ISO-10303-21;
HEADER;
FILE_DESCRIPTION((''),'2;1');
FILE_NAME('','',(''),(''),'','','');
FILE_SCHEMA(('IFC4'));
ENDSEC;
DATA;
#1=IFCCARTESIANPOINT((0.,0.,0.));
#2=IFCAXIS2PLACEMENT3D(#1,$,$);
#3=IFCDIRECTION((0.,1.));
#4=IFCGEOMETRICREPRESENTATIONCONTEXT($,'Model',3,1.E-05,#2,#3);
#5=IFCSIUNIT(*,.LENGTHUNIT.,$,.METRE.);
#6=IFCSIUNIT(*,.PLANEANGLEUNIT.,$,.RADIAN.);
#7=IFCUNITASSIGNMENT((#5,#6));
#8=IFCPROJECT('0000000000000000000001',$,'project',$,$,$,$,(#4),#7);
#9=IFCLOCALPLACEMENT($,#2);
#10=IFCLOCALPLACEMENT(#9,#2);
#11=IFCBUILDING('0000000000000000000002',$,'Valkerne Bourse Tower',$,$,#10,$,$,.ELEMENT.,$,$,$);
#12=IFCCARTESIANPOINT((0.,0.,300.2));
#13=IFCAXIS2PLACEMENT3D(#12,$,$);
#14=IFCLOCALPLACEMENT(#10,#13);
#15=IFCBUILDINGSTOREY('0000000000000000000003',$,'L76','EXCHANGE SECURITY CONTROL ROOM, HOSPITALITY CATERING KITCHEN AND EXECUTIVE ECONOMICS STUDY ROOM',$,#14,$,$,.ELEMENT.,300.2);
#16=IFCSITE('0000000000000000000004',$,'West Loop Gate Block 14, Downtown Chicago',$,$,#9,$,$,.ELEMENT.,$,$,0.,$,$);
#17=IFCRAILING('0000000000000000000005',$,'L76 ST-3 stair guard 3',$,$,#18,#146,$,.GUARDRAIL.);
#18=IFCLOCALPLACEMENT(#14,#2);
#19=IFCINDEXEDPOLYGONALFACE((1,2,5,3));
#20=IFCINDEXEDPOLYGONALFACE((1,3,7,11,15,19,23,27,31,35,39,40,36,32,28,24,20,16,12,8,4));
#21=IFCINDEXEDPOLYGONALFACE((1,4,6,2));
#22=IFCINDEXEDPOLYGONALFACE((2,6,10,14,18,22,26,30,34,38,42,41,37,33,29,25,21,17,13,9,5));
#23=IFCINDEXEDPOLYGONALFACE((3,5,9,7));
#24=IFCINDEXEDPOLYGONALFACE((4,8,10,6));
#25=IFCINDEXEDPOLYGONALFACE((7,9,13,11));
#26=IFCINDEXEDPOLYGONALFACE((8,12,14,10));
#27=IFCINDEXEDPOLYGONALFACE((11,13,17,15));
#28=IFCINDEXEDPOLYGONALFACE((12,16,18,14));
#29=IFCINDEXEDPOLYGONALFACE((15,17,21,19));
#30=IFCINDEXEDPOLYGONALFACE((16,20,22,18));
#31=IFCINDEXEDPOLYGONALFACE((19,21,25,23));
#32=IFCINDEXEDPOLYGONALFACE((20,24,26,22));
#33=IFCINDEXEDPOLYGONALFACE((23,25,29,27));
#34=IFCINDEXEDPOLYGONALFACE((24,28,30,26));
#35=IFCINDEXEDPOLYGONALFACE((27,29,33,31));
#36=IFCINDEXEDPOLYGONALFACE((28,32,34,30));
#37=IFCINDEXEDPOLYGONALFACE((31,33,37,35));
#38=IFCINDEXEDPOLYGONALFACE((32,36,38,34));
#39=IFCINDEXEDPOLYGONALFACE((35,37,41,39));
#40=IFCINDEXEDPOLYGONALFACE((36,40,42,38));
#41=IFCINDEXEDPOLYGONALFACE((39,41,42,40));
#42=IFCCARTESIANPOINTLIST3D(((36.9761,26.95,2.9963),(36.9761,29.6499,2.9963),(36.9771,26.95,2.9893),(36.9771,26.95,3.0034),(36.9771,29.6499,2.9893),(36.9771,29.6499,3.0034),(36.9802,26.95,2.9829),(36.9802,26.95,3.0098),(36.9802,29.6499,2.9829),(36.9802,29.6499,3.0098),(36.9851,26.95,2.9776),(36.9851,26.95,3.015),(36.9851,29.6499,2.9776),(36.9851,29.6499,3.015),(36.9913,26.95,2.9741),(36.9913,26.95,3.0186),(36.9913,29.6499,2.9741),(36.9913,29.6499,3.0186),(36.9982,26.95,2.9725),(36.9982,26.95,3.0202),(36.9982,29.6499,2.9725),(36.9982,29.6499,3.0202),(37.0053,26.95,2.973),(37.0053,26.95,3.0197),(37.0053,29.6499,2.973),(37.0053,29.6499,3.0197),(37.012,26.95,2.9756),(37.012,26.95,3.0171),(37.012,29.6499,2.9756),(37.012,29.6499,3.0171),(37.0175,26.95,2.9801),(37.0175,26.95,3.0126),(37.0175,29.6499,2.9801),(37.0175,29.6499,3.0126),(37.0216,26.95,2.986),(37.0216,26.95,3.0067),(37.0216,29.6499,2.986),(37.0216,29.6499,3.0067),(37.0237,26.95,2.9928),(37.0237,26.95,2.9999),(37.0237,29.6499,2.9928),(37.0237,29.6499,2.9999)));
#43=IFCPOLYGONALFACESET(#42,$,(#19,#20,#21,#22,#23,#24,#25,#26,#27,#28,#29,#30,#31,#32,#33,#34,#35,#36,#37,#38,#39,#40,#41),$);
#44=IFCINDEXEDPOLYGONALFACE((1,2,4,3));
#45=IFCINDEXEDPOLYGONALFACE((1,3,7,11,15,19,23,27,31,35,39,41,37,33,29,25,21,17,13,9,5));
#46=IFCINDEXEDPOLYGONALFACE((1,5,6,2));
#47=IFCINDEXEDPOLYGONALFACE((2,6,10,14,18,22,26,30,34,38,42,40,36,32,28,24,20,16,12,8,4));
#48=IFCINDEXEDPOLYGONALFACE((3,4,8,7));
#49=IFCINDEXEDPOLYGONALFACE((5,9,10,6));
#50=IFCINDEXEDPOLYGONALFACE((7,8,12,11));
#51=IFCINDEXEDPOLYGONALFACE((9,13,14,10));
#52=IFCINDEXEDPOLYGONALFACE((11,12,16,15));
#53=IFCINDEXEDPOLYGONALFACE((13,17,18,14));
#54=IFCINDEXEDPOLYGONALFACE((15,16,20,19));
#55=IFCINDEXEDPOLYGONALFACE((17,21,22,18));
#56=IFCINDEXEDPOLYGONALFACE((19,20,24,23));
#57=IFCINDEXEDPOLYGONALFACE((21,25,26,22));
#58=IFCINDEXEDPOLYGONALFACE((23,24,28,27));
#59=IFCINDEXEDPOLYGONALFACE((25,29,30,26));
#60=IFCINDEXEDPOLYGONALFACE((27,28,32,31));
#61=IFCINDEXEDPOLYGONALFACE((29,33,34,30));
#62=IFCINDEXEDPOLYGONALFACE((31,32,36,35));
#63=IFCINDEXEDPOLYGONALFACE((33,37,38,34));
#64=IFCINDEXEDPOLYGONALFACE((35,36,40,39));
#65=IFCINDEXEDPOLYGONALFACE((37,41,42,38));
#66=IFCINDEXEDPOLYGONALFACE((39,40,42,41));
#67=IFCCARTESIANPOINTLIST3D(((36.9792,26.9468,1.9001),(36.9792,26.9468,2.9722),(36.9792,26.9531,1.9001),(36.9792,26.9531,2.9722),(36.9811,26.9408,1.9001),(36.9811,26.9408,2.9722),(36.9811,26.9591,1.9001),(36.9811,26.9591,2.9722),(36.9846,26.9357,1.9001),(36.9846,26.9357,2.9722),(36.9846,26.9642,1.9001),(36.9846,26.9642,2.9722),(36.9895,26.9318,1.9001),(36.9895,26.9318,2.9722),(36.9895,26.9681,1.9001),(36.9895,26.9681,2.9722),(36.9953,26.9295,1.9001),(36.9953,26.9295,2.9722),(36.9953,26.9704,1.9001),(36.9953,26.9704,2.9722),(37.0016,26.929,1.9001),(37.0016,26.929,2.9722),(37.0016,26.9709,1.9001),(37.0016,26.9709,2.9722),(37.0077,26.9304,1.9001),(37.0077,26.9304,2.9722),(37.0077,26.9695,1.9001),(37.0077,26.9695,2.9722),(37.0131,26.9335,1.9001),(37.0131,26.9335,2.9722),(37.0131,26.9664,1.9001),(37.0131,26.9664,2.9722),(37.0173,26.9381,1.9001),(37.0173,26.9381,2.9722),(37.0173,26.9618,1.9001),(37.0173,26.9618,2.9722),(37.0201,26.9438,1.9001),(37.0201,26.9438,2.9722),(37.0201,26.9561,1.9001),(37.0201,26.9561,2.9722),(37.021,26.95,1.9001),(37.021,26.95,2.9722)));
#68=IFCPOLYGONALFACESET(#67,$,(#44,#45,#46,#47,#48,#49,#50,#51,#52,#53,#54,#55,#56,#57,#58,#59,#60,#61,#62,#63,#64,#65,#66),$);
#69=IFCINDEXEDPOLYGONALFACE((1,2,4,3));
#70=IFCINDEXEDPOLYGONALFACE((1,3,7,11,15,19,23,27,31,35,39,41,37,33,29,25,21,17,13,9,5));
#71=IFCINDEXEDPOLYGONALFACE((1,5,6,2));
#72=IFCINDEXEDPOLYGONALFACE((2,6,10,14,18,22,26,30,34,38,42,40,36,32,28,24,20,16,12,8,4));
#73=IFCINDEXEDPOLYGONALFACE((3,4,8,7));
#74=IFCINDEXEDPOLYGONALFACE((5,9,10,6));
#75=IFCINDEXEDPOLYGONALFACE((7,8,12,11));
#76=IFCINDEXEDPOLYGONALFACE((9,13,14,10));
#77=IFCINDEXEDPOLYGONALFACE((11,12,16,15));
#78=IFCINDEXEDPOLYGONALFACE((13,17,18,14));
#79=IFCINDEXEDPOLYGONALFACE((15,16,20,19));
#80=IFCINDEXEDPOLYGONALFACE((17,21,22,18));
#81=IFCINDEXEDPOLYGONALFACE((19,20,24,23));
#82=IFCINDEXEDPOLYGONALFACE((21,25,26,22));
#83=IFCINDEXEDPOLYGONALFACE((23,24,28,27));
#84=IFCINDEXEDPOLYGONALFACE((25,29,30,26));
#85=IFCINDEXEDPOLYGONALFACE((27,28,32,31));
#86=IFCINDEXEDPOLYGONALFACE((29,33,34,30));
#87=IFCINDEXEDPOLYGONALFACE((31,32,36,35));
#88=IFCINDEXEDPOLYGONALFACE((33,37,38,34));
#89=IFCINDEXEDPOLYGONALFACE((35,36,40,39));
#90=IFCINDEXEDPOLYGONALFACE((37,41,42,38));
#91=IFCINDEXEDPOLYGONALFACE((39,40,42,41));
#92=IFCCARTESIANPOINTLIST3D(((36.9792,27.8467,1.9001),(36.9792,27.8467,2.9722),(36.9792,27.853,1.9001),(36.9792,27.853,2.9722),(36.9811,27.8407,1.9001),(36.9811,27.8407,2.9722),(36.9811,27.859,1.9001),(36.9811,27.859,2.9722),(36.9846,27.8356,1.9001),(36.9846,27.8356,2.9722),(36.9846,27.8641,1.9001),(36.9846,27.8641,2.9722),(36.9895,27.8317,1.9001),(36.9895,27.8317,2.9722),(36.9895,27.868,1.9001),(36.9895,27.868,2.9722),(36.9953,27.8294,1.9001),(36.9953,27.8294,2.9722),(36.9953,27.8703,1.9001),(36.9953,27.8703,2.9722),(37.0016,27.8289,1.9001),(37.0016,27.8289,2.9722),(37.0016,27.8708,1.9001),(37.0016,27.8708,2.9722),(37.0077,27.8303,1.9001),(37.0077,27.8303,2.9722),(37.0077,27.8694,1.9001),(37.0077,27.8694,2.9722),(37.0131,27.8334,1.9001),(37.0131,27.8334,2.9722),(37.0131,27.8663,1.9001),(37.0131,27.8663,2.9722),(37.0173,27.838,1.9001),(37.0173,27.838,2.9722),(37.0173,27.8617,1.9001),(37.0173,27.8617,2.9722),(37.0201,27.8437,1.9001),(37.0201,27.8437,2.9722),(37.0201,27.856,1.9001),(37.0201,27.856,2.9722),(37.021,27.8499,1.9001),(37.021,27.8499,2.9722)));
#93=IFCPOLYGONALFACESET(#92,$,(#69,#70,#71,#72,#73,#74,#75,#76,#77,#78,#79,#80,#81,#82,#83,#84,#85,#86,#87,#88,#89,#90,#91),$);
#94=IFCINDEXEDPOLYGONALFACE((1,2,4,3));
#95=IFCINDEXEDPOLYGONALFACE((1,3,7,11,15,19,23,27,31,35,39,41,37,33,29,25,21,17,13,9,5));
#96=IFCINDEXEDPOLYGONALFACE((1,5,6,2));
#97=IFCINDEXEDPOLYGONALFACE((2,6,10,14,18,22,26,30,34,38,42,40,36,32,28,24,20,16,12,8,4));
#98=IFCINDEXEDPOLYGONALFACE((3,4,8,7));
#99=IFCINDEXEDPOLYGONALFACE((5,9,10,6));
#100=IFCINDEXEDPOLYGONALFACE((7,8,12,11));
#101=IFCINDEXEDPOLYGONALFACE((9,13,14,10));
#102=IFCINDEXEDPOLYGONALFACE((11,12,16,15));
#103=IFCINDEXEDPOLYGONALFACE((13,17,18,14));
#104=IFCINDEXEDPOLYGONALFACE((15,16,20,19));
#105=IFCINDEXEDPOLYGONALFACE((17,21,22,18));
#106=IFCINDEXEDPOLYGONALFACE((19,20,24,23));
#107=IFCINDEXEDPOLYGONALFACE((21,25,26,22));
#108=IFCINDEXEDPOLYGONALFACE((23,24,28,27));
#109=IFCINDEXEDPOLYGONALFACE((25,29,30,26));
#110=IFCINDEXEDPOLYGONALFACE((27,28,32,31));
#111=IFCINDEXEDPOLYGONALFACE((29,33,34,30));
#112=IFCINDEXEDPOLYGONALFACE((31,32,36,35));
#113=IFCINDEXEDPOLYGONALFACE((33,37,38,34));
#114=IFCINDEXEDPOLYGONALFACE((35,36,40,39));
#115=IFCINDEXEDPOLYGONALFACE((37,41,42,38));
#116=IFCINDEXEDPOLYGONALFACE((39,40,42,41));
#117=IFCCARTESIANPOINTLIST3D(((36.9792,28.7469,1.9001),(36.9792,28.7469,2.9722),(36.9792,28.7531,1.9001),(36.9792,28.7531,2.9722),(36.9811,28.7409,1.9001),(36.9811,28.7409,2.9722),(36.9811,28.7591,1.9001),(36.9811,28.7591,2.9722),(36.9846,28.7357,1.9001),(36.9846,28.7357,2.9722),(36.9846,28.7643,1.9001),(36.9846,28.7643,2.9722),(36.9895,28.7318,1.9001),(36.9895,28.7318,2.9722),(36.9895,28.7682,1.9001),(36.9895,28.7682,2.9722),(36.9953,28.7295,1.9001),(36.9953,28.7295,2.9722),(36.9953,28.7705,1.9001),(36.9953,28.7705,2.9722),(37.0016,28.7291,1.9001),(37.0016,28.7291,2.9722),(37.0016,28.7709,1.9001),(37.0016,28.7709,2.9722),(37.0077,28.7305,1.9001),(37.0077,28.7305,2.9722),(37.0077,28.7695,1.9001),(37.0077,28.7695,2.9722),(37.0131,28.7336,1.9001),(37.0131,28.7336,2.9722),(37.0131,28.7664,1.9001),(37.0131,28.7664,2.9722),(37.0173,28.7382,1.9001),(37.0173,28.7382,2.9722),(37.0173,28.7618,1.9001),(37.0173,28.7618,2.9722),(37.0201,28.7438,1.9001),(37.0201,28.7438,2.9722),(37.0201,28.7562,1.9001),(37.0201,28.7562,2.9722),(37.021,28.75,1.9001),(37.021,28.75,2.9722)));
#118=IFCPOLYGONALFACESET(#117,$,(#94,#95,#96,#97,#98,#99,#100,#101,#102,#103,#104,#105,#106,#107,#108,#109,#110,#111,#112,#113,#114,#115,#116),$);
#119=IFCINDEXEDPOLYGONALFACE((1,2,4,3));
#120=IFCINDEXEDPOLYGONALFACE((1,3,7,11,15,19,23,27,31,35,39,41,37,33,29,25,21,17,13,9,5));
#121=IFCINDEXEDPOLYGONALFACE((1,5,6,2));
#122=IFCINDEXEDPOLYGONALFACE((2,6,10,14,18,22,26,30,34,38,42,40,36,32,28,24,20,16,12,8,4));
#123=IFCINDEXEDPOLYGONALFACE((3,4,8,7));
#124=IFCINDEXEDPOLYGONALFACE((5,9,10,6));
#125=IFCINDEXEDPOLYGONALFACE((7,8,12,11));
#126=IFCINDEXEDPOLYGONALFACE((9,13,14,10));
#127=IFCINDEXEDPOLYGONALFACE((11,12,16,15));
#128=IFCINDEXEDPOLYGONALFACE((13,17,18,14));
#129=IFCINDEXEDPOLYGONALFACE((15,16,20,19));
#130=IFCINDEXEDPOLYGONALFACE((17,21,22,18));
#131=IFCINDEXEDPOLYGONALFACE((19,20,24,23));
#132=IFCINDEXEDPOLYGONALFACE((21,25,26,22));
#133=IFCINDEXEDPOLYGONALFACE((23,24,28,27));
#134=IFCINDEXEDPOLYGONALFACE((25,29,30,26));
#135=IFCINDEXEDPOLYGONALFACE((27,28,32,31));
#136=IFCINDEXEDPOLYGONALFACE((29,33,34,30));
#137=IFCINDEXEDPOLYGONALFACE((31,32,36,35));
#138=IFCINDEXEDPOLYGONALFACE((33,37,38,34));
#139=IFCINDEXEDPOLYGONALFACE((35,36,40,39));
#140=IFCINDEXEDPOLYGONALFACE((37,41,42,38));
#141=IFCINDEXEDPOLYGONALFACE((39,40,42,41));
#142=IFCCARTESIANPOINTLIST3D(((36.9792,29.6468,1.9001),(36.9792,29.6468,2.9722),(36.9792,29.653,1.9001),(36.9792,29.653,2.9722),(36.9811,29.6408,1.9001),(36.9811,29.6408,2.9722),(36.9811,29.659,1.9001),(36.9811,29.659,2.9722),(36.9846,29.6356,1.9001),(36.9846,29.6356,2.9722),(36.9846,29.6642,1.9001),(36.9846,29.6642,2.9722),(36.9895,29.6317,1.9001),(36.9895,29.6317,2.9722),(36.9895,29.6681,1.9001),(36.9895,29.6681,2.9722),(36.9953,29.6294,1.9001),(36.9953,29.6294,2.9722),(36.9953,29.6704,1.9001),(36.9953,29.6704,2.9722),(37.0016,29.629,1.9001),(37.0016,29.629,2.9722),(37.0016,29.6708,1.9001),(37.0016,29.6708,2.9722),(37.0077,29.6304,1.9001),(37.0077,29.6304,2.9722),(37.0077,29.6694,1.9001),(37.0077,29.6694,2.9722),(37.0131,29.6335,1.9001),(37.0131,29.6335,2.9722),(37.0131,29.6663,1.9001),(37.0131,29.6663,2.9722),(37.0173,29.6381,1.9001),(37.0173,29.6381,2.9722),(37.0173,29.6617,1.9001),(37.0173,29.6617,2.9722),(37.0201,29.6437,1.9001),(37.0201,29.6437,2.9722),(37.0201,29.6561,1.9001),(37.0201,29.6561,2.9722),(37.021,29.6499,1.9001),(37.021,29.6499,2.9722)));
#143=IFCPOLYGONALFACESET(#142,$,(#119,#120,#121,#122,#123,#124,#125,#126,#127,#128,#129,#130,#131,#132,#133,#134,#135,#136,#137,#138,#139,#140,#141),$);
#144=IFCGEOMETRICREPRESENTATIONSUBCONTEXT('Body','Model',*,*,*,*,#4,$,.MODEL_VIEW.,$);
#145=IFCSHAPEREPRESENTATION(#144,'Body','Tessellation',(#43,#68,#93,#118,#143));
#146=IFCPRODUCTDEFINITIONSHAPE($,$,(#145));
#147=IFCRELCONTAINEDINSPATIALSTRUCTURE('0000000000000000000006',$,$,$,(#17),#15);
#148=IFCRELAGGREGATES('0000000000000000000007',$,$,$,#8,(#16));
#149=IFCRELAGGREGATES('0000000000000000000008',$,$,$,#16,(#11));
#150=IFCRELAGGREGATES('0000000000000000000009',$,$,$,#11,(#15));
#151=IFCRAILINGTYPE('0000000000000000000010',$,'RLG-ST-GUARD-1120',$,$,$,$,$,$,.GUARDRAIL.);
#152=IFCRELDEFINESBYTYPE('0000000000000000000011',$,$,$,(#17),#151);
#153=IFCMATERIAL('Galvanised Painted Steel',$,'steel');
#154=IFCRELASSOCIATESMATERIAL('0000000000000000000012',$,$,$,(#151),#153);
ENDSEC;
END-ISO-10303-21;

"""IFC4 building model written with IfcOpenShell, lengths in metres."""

from ifc_helpers import new_model, si_unit, direction, frame, origin, origin_2d, place, context, subcontext, project, spatial, circle, extrude, material, type_object, element, save


model = new_model("IFC4")

# Units and contexts
model_context = context("Model", 3, precision=1e-05, world=origin(), true_north=direction((0.0, 1.0)))
body_context = subcontext(model_context, "Body", "Model", "MODEL_VIEW")
ifc_project = project(units=[si_unit("LENGTHUNIT", "METRE"), si_unit("PLANEANGLEUNIT", "RADIAN")], contexts=[model_context])

# Site, building, storey
site_placement = place(None, origin())
site = spatial("IfcSite", under=ifc_project, at=site_placement, Name="West Loop Gate Block 14, Downtown Chicago", CompositionType="ELEMENT", RefElevation=0.0)
building_placement = place(site_placement, origin())
building = spatial("IfcBuilding", under=site, at=building_placement, Name="Valkerne Bourse Tower", CompositionType="ELEMENT")
storey_placement = place(building_placement, frame((0.0, 0.0, 300.2)))
storey = spatial("IfcBuildingStorey", under=building, at=storey_placement, Name="L76", Description="EXCHANGE SECURITY CONTROL ROOM, HOSPITALITY CATERING KITCHEN AND EXECUTIVE ECONOMICS STUDY ROOM", CompositionType="ELEMENT", Elevation=300.2)

# Railing
ifc_material_1 = material(Name="Galvanised Painted Steel", Category="steel")
railing_type_1 = type_object("IfcRailingType", Name="RLG-ST-GUARD-1120", PredefinedType="GUARDRAIL", material=ifc_material_1)
railing_1_placement = place(storey_placement, frame((37.0, 26.95, 1.9001)))
element("IfcRailing", 1, at=railing_1_placement, inside=storey, type_object=railing_type_1, Name="L76 ST-3 stair guard 3", PredefinedType="GUARDRAIL", context=body_context, shape_type="SweptSolid", body=[
    extrude(circle(Radius=0.0239, at=origin_2d()), frame((0.0, 0.0, 1.0962), z_axis=(0.0, 1.0, 0.0), x_axis=(-1.0, 0.0, 0.0)), (0.0, 0.0, 1.0), 2.7),
    extrude(circle(Radius=0.021, at=origin_2d()), origin(), (0.0, 0.0, 1.0), 1.072),
    extrude(circle(Radius=0.021, at=origin_2d()), frame((0.0, 0.8999, 0.0)), (0.0, 0.0, 1.0), 1.072),
    extrude(circle(Radius=0.021, at=origin_2d()), frame((0.0, 1.8, 0.0)), (0.0, 0.0, 1.0), 1.072),
    extrude(circle(Radius=0.021, at=origin_2d()), frame((0.0, 2.7, 0.0)), (0.0, 0.0, 1.0), 1.072),
])

save(model, "model.ifc")
